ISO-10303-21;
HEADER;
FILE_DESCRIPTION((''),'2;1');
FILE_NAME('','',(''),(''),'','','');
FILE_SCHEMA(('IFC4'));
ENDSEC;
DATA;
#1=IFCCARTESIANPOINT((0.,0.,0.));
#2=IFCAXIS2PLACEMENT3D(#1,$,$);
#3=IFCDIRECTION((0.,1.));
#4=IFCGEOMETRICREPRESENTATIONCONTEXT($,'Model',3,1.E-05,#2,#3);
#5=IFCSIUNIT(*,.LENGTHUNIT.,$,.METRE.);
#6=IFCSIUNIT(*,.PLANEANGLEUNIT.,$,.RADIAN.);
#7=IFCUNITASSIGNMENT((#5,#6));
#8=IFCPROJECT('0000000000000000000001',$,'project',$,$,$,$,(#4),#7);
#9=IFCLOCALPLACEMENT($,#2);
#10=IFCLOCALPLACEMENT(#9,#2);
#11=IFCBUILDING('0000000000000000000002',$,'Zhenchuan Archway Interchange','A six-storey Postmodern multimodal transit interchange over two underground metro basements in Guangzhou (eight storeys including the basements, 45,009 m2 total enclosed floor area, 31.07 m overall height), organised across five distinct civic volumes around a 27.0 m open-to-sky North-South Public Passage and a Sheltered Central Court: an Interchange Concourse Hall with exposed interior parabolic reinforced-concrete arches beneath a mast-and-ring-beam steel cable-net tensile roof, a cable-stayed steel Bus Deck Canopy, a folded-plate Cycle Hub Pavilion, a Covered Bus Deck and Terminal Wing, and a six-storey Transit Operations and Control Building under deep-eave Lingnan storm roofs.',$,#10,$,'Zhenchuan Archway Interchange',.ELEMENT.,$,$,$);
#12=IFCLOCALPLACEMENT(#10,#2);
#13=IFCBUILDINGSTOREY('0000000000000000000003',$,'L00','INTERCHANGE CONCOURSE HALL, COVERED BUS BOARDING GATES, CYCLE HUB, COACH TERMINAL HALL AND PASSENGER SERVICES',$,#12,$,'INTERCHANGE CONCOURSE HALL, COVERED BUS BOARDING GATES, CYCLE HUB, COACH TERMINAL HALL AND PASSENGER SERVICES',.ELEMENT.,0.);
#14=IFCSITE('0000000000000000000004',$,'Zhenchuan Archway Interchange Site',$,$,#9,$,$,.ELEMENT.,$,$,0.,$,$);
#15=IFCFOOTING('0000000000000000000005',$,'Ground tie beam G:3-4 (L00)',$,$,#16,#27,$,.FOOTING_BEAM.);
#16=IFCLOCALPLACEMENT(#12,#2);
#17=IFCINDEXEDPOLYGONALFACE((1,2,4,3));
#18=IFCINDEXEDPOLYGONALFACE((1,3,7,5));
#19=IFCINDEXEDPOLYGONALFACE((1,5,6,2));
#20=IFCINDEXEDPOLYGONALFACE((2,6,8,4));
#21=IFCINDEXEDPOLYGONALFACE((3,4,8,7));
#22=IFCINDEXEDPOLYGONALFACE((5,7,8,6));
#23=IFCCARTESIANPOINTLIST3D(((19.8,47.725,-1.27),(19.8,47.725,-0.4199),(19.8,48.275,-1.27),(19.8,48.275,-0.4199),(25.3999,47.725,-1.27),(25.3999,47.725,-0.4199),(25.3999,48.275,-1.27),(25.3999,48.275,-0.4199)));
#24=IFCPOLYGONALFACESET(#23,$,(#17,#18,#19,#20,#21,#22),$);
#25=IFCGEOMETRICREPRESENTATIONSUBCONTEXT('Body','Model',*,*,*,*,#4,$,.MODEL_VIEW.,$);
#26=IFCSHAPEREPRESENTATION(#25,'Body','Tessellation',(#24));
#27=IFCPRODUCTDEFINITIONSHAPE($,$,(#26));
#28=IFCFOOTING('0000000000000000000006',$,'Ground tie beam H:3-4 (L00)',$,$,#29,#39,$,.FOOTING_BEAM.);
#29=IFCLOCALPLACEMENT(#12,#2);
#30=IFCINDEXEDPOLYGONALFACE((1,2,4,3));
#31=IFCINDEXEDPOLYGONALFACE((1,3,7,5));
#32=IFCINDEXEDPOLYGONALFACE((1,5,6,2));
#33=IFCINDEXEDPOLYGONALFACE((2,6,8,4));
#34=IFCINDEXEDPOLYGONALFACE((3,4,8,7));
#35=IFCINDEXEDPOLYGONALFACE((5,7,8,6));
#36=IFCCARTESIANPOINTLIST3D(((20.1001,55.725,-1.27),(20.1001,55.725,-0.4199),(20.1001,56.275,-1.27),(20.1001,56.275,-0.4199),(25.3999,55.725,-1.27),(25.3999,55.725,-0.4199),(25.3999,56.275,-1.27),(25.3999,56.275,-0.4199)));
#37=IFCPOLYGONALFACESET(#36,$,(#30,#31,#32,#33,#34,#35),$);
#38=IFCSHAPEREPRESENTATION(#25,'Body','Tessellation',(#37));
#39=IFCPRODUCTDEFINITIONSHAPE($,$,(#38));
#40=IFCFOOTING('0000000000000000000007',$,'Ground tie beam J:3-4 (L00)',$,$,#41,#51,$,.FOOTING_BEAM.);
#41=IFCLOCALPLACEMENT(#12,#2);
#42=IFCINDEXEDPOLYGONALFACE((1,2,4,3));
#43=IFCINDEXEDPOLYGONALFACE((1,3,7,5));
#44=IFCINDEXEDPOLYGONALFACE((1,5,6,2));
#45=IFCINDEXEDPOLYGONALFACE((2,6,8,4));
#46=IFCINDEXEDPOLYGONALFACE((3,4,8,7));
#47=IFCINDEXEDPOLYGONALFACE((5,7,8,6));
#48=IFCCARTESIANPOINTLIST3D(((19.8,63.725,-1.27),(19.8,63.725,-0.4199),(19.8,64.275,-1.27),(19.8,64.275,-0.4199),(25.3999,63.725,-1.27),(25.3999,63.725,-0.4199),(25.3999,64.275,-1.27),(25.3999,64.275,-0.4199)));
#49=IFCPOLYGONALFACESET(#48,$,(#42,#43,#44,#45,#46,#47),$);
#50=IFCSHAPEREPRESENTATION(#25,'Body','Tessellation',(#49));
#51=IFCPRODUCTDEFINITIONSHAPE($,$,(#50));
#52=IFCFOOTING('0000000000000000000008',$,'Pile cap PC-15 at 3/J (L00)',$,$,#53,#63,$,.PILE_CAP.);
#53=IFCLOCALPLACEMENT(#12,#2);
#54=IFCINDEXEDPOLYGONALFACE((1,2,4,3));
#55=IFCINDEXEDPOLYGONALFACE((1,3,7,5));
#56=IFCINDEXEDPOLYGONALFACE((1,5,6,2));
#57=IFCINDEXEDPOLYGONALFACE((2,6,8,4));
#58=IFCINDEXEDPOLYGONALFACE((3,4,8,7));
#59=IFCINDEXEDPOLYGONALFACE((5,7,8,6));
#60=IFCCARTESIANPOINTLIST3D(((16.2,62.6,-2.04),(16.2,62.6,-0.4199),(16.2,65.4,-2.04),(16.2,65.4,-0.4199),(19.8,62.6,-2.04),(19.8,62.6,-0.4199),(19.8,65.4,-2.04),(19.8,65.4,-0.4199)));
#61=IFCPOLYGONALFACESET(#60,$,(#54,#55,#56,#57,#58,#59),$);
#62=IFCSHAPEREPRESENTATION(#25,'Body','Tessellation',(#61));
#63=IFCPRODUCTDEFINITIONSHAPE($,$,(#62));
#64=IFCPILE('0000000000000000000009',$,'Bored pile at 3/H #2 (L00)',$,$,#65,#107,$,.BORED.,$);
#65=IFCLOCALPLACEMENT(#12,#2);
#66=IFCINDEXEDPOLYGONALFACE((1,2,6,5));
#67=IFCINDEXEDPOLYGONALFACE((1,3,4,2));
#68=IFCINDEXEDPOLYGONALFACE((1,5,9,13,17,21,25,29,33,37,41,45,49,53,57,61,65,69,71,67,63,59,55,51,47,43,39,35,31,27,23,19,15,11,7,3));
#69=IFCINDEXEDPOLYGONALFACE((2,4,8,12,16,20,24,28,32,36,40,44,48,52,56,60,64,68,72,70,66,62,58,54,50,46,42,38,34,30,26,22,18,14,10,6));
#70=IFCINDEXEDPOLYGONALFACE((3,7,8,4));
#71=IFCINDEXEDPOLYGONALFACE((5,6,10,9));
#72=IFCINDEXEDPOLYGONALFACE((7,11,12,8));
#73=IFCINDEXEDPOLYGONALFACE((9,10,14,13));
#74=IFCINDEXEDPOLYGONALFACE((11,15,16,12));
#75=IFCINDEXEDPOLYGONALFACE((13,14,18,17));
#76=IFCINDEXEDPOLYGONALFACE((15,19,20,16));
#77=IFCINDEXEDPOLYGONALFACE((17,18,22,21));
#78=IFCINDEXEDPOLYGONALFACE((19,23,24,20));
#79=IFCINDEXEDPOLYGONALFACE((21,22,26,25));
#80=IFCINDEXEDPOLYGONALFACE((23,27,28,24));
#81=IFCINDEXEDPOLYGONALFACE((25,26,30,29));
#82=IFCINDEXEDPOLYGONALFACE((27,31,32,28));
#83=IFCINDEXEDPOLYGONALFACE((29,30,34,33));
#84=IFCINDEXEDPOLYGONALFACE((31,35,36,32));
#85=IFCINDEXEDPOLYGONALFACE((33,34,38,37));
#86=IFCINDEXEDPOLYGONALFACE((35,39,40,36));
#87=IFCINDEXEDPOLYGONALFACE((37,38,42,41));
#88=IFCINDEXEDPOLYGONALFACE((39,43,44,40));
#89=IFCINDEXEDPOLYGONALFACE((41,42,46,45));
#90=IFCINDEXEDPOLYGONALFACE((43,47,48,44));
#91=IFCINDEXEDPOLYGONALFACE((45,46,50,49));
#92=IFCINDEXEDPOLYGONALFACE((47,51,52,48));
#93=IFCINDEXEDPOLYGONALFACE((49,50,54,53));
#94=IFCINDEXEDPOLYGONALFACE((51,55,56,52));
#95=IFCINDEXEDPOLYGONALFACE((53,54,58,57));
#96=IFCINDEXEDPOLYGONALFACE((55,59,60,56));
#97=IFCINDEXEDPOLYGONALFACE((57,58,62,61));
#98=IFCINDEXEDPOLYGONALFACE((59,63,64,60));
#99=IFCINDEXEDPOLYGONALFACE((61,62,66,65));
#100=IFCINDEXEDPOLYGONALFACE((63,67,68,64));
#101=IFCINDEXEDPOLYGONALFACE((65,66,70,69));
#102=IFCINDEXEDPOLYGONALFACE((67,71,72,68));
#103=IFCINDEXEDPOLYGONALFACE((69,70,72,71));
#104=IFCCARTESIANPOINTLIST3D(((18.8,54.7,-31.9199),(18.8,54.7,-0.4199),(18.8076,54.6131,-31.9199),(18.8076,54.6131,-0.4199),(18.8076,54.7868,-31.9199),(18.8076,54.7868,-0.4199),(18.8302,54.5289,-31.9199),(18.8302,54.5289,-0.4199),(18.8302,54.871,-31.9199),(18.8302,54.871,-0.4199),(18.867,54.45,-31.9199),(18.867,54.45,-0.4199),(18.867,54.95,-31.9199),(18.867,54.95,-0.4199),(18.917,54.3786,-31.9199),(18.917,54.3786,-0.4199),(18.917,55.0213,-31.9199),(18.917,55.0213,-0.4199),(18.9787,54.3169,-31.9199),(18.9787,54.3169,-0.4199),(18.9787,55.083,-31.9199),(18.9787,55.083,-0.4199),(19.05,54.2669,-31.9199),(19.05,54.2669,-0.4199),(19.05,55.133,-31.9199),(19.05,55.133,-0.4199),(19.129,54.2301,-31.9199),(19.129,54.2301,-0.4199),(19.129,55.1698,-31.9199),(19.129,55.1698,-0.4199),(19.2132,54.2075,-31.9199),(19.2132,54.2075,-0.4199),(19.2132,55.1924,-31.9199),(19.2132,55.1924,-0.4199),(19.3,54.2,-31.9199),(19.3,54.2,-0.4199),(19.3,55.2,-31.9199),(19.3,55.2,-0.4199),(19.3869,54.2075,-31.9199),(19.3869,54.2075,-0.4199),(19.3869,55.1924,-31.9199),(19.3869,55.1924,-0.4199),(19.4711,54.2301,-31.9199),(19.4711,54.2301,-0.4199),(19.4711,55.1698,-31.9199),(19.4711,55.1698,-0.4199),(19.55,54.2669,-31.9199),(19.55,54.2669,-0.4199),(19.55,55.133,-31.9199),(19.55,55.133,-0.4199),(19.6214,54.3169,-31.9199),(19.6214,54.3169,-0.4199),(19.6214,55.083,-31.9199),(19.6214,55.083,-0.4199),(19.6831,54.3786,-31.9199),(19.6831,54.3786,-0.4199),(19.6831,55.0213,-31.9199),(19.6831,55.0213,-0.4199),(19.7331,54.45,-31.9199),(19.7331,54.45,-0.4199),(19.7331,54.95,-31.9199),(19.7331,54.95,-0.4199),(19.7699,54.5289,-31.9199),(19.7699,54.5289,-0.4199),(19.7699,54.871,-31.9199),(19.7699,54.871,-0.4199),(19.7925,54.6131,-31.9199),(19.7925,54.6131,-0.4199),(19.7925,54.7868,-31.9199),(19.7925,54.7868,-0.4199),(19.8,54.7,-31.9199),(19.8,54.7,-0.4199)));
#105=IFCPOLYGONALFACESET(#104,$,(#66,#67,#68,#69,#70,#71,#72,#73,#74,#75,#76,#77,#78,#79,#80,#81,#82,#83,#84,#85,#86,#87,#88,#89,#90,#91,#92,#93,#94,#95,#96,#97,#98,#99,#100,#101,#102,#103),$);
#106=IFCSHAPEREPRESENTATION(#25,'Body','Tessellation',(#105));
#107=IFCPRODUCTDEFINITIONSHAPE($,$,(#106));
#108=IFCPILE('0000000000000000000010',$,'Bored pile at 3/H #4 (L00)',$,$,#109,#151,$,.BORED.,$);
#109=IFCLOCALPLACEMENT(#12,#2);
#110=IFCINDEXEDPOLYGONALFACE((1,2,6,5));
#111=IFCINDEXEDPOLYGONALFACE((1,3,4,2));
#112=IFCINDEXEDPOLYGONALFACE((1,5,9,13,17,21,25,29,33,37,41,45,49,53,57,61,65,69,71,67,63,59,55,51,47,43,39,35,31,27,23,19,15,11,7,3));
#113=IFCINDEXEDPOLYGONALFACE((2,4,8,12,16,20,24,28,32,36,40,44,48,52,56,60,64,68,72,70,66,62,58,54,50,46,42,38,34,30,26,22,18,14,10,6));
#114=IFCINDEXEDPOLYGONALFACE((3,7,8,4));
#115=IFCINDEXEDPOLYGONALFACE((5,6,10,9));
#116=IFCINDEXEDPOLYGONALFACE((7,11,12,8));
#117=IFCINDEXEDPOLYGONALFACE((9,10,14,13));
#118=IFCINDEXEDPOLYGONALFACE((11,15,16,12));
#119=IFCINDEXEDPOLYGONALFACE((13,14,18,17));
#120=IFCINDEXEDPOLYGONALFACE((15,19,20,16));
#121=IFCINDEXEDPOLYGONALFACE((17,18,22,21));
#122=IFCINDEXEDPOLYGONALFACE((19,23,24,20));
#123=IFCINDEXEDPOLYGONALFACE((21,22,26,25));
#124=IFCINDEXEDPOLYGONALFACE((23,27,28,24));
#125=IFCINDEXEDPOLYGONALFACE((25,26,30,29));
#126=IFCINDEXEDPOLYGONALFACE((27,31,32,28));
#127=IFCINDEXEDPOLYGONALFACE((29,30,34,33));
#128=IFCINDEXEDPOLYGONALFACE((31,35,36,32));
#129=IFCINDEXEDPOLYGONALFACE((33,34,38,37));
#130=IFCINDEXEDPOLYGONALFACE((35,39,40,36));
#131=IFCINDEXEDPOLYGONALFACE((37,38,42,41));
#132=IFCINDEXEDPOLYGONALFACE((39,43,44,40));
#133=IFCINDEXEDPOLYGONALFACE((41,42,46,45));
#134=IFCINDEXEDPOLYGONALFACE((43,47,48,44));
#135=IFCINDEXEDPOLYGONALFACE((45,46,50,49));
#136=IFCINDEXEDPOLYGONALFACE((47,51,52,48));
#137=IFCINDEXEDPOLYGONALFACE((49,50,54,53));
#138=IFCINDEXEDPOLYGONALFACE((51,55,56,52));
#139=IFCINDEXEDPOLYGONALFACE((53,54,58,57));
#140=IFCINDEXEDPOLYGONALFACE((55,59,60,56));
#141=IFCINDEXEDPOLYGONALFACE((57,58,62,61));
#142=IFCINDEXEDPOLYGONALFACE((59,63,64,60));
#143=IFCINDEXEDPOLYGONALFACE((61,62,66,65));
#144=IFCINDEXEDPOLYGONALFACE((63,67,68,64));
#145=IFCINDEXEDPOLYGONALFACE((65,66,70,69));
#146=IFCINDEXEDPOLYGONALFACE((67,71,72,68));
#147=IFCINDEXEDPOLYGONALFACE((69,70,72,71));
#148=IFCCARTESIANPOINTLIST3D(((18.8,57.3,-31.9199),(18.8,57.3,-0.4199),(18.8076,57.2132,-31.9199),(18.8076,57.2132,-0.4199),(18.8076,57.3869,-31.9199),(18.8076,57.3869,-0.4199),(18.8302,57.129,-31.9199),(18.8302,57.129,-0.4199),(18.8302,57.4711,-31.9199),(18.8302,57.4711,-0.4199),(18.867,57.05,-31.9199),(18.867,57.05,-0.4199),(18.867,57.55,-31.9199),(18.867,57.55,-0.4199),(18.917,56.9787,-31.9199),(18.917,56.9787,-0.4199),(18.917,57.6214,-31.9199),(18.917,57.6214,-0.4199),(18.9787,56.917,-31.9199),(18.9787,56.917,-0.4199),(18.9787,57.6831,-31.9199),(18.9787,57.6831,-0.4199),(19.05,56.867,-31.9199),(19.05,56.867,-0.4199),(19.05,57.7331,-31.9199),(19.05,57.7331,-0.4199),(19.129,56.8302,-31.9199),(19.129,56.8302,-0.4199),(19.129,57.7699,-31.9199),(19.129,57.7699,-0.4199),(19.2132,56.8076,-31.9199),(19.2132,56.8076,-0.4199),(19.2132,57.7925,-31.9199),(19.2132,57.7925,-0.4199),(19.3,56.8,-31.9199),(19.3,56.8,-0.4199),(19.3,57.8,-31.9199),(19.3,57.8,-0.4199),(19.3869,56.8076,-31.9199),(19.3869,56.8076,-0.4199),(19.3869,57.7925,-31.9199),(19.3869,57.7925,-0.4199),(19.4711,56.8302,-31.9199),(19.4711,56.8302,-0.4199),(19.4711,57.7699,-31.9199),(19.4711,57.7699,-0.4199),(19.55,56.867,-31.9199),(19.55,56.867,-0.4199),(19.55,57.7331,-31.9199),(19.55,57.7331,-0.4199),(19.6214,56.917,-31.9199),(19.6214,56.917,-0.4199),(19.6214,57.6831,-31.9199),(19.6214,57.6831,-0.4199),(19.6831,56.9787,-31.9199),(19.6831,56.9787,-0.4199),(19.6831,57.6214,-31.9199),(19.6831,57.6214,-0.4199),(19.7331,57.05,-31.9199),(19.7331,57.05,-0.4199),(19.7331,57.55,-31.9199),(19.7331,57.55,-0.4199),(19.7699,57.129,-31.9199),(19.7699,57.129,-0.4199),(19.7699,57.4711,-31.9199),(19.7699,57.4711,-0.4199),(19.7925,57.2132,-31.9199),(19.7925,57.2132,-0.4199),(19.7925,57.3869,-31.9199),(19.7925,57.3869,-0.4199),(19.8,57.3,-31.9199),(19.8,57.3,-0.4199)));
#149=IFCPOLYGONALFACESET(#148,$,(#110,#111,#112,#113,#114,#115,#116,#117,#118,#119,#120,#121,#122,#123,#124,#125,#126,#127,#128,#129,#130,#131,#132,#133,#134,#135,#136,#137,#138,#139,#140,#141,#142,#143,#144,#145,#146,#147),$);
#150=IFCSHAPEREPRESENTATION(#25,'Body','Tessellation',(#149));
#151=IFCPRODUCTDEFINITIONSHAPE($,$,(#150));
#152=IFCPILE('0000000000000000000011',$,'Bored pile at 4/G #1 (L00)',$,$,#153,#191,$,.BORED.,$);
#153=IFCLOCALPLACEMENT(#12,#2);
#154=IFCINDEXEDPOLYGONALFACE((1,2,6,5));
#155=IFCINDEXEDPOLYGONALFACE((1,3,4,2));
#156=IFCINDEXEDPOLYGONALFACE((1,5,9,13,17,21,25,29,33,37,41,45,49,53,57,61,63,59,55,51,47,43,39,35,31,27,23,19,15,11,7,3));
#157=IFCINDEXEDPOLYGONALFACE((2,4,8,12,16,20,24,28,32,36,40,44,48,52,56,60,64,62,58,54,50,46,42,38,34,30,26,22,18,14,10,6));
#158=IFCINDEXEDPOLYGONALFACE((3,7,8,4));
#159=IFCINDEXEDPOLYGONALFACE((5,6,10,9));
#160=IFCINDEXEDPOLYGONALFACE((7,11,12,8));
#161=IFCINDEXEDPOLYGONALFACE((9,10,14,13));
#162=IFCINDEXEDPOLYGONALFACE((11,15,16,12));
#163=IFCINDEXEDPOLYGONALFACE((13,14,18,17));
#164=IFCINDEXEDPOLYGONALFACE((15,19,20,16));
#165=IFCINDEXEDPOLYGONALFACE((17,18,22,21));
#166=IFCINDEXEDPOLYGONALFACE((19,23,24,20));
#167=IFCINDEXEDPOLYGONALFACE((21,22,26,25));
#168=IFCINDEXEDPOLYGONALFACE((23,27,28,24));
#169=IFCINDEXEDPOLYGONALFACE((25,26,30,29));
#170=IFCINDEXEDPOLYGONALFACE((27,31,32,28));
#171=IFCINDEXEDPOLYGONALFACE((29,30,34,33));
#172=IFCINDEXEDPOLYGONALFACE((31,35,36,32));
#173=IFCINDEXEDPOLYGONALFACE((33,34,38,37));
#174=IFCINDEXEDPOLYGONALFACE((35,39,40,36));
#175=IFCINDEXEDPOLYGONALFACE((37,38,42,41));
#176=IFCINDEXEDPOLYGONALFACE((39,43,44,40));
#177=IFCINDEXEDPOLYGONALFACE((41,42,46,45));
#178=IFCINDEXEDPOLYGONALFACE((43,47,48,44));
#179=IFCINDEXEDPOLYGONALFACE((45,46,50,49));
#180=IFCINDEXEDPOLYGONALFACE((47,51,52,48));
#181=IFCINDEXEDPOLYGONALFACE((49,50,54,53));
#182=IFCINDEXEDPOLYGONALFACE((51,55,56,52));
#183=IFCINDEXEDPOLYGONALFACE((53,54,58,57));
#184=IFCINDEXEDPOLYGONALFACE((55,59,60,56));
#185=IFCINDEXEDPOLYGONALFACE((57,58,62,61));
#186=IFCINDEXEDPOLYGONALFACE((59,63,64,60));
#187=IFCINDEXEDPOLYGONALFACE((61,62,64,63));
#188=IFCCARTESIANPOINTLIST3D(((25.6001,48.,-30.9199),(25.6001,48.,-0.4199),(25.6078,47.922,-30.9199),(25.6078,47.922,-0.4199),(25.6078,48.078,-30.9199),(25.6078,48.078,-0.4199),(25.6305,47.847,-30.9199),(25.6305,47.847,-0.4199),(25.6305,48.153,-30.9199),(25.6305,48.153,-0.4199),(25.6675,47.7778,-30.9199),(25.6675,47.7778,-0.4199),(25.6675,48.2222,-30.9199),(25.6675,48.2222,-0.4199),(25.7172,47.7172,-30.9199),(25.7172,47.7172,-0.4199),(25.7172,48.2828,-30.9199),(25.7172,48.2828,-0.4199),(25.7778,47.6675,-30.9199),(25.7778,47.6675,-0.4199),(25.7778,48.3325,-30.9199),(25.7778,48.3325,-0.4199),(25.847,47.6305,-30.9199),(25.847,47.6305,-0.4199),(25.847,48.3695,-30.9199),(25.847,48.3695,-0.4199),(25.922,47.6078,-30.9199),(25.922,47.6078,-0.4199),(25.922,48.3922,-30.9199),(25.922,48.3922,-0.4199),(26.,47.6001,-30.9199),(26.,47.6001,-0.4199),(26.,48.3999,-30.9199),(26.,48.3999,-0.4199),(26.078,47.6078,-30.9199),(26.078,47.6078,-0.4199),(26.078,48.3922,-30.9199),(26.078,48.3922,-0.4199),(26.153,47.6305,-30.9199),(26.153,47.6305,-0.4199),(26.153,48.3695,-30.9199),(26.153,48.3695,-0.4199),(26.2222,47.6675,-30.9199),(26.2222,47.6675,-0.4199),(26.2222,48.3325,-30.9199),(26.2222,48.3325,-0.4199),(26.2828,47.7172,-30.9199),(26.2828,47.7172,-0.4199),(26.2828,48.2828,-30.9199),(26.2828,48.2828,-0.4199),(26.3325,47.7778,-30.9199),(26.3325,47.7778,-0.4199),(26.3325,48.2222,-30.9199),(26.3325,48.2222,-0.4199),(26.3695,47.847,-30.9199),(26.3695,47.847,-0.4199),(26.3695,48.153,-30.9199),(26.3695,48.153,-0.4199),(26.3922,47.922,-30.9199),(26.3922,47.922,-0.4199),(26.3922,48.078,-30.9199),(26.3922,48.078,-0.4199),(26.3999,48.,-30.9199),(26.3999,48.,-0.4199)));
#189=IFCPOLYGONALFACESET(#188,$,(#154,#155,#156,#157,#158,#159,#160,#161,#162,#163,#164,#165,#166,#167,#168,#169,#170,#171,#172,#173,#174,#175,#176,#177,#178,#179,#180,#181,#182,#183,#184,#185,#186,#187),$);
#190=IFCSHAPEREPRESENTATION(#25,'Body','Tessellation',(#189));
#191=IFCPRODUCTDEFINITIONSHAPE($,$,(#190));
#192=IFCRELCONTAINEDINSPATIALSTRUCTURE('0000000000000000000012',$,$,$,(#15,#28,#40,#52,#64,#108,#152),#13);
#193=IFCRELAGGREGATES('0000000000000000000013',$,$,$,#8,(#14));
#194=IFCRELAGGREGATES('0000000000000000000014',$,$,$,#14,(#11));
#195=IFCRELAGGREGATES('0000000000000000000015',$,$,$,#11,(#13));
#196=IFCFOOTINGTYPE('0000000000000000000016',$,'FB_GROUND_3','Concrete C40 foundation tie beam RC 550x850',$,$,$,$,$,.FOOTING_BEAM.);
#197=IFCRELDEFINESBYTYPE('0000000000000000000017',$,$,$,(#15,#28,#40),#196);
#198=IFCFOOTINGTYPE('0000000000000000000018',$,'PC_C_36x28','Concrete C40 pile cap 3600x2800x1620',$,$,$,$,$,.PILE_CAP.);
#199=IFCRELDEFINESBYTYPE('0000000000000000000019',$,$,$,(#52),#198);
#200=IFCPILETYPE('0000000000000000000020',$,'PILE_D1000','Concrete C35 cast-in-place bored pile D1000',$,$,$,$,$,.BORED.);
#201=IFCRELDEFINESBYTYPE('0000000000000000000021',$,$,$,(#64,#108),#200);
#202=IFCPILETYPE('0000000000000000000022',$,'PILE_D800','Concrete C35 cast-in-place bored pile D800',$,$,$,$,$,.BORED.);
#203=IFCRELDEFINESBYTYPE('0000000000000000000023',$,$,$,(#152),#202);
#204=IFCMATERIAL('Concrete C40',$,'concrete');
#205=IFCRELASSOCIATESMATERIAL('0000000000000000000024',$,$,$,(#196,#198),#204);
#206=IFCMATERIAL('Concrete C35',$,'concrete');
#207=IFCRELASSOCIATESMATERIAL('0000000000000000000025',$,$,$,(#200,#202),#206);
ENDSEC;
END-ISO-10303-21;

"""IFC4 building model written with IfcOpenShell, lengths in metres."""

from ifc_helpers import new_model, si_unit, direction, frame, origin, origin_2d, place, context, subcontext, project, spatial, rectangle, circle, extrude, material, material_profile, profile_set, type_object, element, save


model = new_model("IFC4")

# Units and contexts
model_context = context("Model", 3, precision=1e-05, world=origin(), true_north=direction((0.0, 1.0)))
body_context = subcontext(model_context, "Body", "Model", "MODEL_VIEW")
ifc_project = project(units=[si_unit("LENGTHUNIT", "METRE"), si_unit("PLANEANGLEUNIT", "RADIAN")], contexts=[model_context])

# Site, building, storey
site_placement = place(None, origin())
site = spatial("IfcSite", under=ifc_project, at=site_placement, Name="Zhenchuan Archway Interchange Site", CompositionType="ELEMENT", RefElevation=0.0)
building_placement = place(site_placement, origin())
building = spatial("IfcBuilding", under=site, at=building_placement, Name="Zhenchuan Archway Interchange", Description="A six-storey Postmodern multimodal transit interchange over two underground metro basements in Guangzhou (eight storeys including the basements, 45,009 m2 total enclosed floor area, 31.07 m overall height), organised across five distinct civic volumes around a 27.0 m open-to-sky North-South Public Passage and a Sheltered Central Court: an Interchange Concourse Hall with exposed interior parabolic reinforced-concrete arches beneath a mast-and-ring-beam steel cable-net tensile roof, a cable-stayed steel Bus Deck Canopy, a folded-plate Cycle Hub Pavilion, a Covered Bus Deck and Terminal Wing, and a six-storey Transit Operations and Control Building under deep-eave Lingnan storm roofs.", LongName="Zhenchuan Archway Interchange", CompositionType="ELEMENT")
storey_placement = place(building_placement, origin())
storey = spatial("IfcBuildingStorey", under=building, at=storey_placement, Name="L00", Description="INTERCHANGE CONCOURSE HALL, COVERED BUS BOARDING GATES, CYCLE HUB, COACH TERMINAL HALL AND PASSENGER SERVICES", LongName="INTERCHANGE CONCOURSE HALL, COVERED BUS BOARDING GATES, CYCLE HUB, COACH TERMINAL HALL AND PASSENGER SERVICES", CompositionType="ELEMENT", Elevation=0.0)

# Footings
ifc_material_1 = material(Name="Concrete C40", Category="concrete")
ifc_material_profile_1 = material_profile(ifc_material_1, rectangle(XDim=0.55, YDim=0.8501, at=origin_2d()), Name="RC 550x850")
ifc_profile_set_1 = profile_set([ifc_material_profile_1], Name="Concrete C40")
footing_type_1 = type_object("IfcFootingType", Name="FB_GROUND_3", Description="Concrete C40 foundation tie beam RC 550x850", PredefinedType="FOOTING_BEAM", material=ifc_profile_set_1)
footing_1_placement = place(storey_placement, frame((19.8, 48.0, -0.845), z_axis=(1.0, 0.0, 0.0), x_axis=(0.0, 1.0, 0.0)))
element("IfcFooting", 1, at=footing_1_placement, inside=storey, type_object=footing_type_1, Name="Ground tie beam G:3-4 (L00)", PredefinedType="FOOTING_BEAM", context=body_context, shape_type="SweptSolid", body=[
    extrude(rectangle(XDim=0.55, YDim=0.8501, at=origin_2d()), origin(), (0.0, 0.0, 1.0), 5.5999),
])
footing_2_placement = place(storey_placement, frame((20.1001, 56.0, -0.845), z_axis=(1.0, 0.0, 0.0), x_axis=(0.0, 1.0, 0.0)))
element("IfcFooting", 2, at=footing_2_placement, inside=storey, type_object=footing_type_1, Name="Ground tie beam H:3-4 (L00)", PredefinedType="FOOTING_BEAM", context=body_context, shape_type="SweptSolid", body=[
    extrude(rectangle(XDim=0.55, YDim=0.8501, at=origin_2d()), origin(), (0.0, 0.0, 1.0), 5.2998),
])
footing_3_placement = place(storey_placement, frame((19.8, 64.0, -0.845), z_axis=(1.0, 0.0, 0.0), x_axis=(0.0, 1.0, 0.0)))
element("IfcFooting", 3, at=footing_3_placement, inside=storey, type_object=footing_type_1, Name="Ground tie beam J:3-4 (L00)", PredefinedType="FOOTING_BEAM", context=body_context, shape_type="SweptSolid", body=[
    extrude(rectangle(XDim=0.55, YDim=0.8501, at=origin_2d()), origin(), (0.0, 0.0, 1.0), 5.5999),
])
footing_type_2 = type_object("IfcFootingType", Name="PC_C_36x28", Description="Concrete C40 pile cap 3600x2800x1620", PredefinedType="PILE_CAP", material=ifc_material_1)
footing_4_placement = place(storey_placement, frame((18.0, 64.0, -2.04), z_axis=(0.0, 0.0, 1.0), x_axis=(1.0, 0.0, 0.0)))
element("IfcFooting", 4, at=footing_4_placement, inside=storey, type_object=footing_type_2, Name="Pile cap PC-15 at 3/J (L00)", PredefinedType="PILE_CAP", context=body_context, shape_type="SweptSolid", body=[
    extrude(rectangle(XDim=3.6001, YDim=2.8, at=origin_2d()), origin(), (0.0, 0.0, 1.0), 1.6201),
])

# Piles
ifc_material_2 = material(Name="Concrete C35", Category="concrete")
ifc_material_profile_2 = material_profile(ifc_material_2, circle(Radius=0.5, at=origin_2d()), Name="BORED PILE 1000")
ifc_profile_set_2 = profile_set([ifc_material_profile_2], Name="Concrete C35")
pile_type_1 = type_object("IfcPileType", Name="PILE_D1000", Description="Concrete C35 cast-in-place bored pile D1000", PredefinedType="BORED", material=ifc_profile_set_2)
for number, where, z_axis, x_axis, name in (
    (5, (19.3, 54.7, -0.4199), (0.0, 0.0, -1.0), (1.0, 0.0, 0.0), "Bored pile at 3/H #2 (L00)"),
    (6, (19.3, 57.3, -0.4199), (0.0, 0.0, -1.0), (1.0, 0.0, 0.0), "Bored pile at 3/H #4 (L00)"),
):
    element("IfcPile", number, at=place(storey_placement, frame(where, z_axis=z_axis, x_axis=x_axis)), inside=storey, type_object=pile_type_1, Name=name, PredefinedType="BORED", context=body_context, shape_type="SweptSolid", body=[
        extrude(circle(Radius=0.5, at=origin_2d()), origin(), (0.0, 0.0, 1.0), 31.5),
    ])
ifc_material_profile_3 = material_profile(ifc_material_2, circle(Radius=0.3999, at=origin_2d()), Name="BORED PILE 800")
ifc_profile_set_3 = profile_set([ifc_material_profile_3], Name="Concrete C35")
pile_type_2 = type_object("IfcPileType", Name="PILE_D800", Description="Concrete C35 cast-in-place bored pile D800", PredefinedType="BORED", material=ifc_profile_set_3)
for number, where, z_axis, x_axis, name in (
    (7, (26.0, 48.0, -0.4199), (0.0, 0.0, -1.0), (1.0, 0.0, 0.0), "Bored pile at 4/G #1 (L00)"),
):
    element("IfcPile", number, at=place(storey_placement, frame(where, z_axis=z_axis, x_axis=x_axis)), inside=storey, type_object=pile_type_2, Name=name, PredefinedType="BORED", context=body_context, shape_type="SweptSolid", body=[
        extrude(circle(Radius=0.3999, at=origin_2d()), origin(), (0.0, 0.0, 1.0), 30.5),
    ])

save(model, "model.ifc")
